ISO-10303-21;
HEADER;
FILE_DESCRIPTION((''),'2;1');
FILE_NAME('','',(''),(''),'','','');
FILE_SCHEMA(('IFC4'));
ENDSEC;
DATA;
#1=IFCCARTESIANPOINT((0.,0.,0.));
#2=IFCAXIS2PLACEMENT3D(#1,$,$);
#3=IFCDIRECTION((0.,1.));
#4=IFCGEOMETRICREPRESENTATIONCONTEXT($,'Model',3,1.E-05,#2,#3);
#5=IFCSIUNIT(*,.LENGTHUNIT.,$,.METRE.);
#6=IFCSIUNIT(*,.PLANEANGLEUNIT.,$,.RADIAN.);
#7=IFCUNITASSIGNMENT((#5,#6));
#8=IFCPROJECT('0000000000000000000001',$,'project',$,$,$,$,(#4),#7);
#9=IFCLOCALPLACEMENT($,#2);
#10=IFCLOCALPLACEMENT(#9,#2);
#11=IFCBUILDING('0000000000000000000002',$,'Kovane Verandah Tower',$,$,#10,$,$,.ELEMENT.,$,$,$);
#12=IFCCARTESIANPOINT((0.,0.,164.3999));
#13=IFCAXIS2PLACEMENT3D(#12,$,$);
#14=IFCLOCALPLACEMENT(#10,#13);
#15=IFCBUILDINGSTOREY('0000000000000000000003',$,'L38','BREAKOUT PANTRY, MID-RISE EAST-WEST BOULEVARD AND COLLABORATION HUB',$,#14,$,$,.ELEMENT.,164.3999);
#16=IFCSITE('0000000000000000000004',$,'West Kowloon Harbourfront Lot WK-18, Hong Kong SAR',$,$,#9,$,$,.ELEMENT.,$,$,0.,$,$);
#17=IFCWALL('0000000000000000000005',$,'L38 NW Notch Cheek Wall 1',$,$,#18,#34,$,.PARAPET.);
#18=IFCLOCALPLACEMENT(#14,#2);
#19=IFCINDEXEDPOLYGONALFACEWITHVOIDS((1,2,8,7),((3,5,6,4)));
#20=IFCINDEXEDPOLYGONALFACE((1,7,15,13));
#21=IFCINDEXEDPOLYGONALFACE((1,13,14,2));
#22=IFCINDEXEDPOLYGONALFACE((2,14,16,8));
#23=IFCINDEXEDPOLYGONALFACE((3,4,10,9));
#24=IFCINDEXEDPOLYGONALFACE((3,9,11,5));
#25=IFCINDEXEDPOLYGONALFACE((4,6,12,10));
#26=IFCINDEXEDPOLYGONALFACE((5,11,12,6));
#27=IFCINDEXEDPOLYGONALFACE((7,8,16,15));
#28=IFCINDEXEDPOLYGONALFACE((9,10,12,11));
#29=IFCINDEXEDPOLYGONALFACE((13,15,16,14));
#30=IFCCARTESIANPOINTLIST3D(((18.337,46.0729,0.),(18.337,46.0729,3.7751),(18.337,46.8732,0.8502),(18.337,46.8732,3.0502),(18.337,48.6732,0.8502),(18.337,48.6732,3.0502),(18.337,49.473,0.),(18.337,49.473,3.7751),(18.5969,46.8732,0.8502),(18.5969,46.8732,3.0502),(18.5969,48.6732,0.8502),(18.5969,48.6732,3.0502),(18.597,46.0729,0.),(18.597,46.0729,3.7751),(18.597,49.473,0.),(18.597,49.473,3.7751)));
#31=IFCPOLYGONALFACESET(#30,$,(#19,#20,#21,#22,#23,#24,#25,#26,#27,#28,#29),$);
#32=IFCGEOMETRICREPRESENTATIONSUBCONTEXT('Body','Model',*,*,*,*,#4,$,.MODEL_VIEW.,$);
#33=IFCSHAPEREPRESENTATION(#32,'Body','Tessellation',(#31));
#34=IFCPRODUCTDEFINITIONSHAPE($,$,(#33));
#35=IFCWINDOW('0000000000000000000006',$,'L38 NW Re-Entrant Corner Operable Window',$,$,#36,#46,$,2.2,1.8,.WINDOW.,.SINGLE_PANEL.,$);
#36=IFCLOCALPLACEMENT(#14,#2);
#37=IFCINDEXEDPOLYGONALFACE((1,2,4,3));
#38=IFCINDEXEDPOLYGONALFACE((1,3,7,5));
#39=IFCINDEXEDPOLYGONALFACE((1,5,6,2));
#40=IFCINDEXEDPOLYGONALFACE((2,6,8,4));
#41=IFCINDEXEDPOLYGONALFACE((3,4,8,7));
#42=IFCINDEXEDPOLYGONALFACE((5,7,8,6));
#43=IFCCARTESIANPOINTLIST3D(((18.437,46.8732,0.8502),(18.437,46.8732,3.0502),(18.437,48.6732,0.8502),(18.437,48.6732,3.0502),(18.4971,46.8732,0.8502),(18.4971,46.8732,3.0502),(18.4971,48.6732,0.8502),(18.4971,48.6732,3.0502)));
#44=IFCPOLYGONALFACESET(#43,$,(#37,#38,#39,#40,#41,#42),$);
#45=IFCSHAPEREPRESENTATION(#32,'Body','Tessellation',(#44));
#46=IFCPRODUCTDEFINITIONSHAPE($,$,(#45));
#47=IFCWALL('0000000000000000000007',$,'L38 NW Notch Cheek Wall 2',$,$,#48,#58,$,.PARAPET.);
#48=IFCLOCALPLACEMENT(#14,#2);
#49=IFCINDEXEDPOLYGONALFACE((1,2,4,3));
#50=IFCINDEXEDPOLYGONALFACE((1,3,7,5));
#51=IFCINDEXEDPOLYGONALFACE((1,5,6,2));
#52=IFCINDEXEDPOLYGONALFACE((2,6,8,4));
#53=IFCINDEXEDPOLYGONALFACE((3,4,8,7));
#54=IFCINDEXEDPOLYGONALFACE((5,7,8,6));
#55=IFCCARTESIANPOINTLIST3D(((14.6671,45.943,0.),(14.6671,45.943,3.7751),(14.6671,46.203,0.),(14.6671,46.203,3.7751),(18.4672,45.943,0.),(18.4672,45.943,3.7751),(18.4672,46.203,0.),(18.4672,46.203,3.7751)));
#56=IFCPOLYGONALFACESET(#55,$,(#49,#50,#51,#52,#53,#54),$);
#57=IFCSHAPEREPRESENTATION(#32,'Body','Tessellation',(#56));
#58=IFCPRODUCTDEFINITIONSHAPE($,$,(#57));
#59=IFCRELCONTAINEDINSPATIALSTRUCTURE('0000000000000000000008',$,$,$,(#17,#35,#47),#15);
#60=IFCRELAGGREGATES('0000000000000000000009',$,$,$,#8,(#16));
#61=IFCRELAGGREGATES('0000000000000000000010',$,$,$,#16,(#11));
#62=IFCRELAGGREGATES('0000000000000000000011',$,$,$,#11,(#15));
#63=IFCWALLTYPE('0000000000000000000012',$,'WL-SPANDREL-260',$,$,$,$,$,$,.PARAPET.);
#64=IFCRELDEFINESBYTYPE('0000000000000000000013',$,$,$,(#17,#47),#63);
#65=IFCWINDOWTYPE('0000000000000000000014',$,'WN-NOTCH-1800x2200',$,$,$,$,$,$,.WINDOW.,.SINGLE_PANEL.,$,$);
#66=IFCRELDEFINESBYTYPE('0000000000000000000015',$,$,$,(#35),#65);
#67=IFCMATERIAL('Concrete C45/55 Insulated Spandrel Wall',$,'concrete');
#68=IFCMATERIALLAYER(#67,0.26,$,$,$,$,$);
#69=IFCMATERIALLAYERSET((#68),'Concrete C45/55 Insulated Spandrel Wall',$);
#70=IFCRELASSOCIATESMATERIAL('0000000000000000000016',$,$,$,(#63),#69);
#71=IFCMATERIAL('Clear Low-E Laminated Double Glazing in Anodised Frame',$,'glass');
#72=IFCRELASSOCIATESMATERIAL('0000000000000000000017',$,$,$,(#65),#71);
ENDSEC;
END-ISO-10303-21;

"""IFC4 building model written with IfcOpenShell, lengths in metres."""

from ifc_helpers import new_model, si_unit, direction, frame, frame_2d, origin, place, context, subcontext, project, spatial, rectangle, extrude, material, layer, layer_set, type_object, element, fill, save


model = new_model("IFC4")

# Units and contexts
model_context = context("Model", 3, precision=1e-05, world=origin(), true_north=direction((0.0, 1.0)))
body_context = subcontext(model_context, "Body", "Model", "MODEL_VIEW")
ifc_project = project(units=[si_unit("LENGTHUNIT", "METRE"), si_unit("PLANEANGLEUNIT", "RADIAN")], contexts=[model_context])

# Site, building, storey
site_placement = place(None, origin())
site = spatial("IfcSite", under=ifc_project, at=site_placement, Name="West Kowloon Harbourfront Lot WK-18, Hong Kong SAR", CompositionType="ELEMENT", RefElevation=0.0)
building_placement = place(site_placement, origin())
building = spatial("IfcBuilding", under=site, at=building_placement, Name="Kovane Verandah Tower", CompositionType="ELEMENT")
storey_placement = place(building_placement, frame((0.0, 0.0, 164.3999)))
storey = spatial("IfcBuildingStorey", under=building, at=storey_placement, Name="L38", Description="BREAKOUT PANTRY, MID-RISE EAST-WEST BOULEVARD AND COLLABORATION HUB", CompositionType="ELEMENT", Elevation=164.3999)

# Shared definitions
ifc_material_1 = material(Name="Concrete C45/55 Insulated Spandrel Wall", Category="concrete")
ifc_layer_1 = layer(ifc_material_1, 0.26)
ifc_layer_set_1 = layer_set([ifc_layer_1], Name="Concrete C45/55 Insulated Spandrel Wall")
wall_type_1 = type_object("IfcWallType", Name="WL-SPANDREL-260", PredefinedType="PARAPET", material=ifc_layer_set_1)
ifc_material_2 = material(Name="Clear Low-E Laminated Double Glazing in Anodised Frame", Category="glass")

# Wall, opening, window
wall_1_placement = place(storey_placement, frame((18.467, 49.4731, 0.0), z_axis=(0.0, 0.0, 1.0), x_axis=(0.0, -1.0, 0.0)))
wall_1 = element("IfcWall", 1, at=wall_1_placement, inside=storey, type_object=wall_type_1, Name="L38 NW Notch Cheek Wall 1", PredefinedType="PARAPET", context=body_context, shape_type="SweptSolid", body=[
    extrude(rectangle(XDim=3.4001, YDim=0.26, at=frame_2d((1.7002, 0.0))), origin(), (0.0, 0.0, 1.0), 3.7751),
])
opening_1_placement = place(wall_1_placement, frame((0.8, 0.0, 0.8501)))
opening_1 = element("IfcOpeningElement", 2, at=opening_1_placement, cuts=wall_1, PredefinedType="OPENING", context=body_context, shape_type="SweptSolid", body=[
    extrude(rectangle(XDim=1.8, YDim=2.2, at=frame_2d((0.8999, 1.1001))), frame((0.0, 0.1299, 0.0), z_axis=(0.0, -1.0, 0.0), x_axis=(1.0, 0.0, 0.0)), (0.0, 0.0, 1.0), 0.26),
])
window_type_1 = type_object("IfcWindowType", Name="WN-NOTCH-1800x2200", PartitioningType="SINGLE_PANEL", PredefinedType="WINDOW", material=ifc_material_2)
window_1_placement = place(opening_1_placement, origin())
window_1 = element("IfcWindow", 3, at=window_1_placement, inside=storey, type_object=window_type_1, Name="L38 NW Re-Entrant Corner Operable Window", OverallHeight=2.2, OverallWidth=1.8, PartitioningType="SINGLE_PANEL", PredefinedType="WINDOW", context=body_context, shape_type="SweptSolid", body=[
    extrude(rectangle(XDim=1.8, YDim=2.2, at=frame_2d((0.8999, 1.1001))), frame((0.0, 0.03, 0.0), z_axis=(0.0, -1.0, 0.0), x_axis=(1.0, 0.0, 0.0)), (0.0, 0.0, 1.0), 0.0601),
])
fill(opening_1, window_1)

# Wall
wall_2_placement = place(storey_placement, frame((18.467, 46.073, 0.0), z_axis=(0.0, 0.0, 1.0), x_axis=(-1.0, 0.0, 0.0)))
element("IfcWall", 4, at=wall_2_placement, inside=storey, type_object=wall_type_1, Name="L38 NW Notch Cheek Wall 2", PredefinedType="PARAPET", context=body_context, shape_type="SweptSolid", body=[
    extrude(rectangle(XDim=3.8, YDim=0.26, at=frame_2d((1.8999, 0.0))), origin(), (0.0, 0.0, 1.0), 3.7751),
])

save(model, "model.ifc")
